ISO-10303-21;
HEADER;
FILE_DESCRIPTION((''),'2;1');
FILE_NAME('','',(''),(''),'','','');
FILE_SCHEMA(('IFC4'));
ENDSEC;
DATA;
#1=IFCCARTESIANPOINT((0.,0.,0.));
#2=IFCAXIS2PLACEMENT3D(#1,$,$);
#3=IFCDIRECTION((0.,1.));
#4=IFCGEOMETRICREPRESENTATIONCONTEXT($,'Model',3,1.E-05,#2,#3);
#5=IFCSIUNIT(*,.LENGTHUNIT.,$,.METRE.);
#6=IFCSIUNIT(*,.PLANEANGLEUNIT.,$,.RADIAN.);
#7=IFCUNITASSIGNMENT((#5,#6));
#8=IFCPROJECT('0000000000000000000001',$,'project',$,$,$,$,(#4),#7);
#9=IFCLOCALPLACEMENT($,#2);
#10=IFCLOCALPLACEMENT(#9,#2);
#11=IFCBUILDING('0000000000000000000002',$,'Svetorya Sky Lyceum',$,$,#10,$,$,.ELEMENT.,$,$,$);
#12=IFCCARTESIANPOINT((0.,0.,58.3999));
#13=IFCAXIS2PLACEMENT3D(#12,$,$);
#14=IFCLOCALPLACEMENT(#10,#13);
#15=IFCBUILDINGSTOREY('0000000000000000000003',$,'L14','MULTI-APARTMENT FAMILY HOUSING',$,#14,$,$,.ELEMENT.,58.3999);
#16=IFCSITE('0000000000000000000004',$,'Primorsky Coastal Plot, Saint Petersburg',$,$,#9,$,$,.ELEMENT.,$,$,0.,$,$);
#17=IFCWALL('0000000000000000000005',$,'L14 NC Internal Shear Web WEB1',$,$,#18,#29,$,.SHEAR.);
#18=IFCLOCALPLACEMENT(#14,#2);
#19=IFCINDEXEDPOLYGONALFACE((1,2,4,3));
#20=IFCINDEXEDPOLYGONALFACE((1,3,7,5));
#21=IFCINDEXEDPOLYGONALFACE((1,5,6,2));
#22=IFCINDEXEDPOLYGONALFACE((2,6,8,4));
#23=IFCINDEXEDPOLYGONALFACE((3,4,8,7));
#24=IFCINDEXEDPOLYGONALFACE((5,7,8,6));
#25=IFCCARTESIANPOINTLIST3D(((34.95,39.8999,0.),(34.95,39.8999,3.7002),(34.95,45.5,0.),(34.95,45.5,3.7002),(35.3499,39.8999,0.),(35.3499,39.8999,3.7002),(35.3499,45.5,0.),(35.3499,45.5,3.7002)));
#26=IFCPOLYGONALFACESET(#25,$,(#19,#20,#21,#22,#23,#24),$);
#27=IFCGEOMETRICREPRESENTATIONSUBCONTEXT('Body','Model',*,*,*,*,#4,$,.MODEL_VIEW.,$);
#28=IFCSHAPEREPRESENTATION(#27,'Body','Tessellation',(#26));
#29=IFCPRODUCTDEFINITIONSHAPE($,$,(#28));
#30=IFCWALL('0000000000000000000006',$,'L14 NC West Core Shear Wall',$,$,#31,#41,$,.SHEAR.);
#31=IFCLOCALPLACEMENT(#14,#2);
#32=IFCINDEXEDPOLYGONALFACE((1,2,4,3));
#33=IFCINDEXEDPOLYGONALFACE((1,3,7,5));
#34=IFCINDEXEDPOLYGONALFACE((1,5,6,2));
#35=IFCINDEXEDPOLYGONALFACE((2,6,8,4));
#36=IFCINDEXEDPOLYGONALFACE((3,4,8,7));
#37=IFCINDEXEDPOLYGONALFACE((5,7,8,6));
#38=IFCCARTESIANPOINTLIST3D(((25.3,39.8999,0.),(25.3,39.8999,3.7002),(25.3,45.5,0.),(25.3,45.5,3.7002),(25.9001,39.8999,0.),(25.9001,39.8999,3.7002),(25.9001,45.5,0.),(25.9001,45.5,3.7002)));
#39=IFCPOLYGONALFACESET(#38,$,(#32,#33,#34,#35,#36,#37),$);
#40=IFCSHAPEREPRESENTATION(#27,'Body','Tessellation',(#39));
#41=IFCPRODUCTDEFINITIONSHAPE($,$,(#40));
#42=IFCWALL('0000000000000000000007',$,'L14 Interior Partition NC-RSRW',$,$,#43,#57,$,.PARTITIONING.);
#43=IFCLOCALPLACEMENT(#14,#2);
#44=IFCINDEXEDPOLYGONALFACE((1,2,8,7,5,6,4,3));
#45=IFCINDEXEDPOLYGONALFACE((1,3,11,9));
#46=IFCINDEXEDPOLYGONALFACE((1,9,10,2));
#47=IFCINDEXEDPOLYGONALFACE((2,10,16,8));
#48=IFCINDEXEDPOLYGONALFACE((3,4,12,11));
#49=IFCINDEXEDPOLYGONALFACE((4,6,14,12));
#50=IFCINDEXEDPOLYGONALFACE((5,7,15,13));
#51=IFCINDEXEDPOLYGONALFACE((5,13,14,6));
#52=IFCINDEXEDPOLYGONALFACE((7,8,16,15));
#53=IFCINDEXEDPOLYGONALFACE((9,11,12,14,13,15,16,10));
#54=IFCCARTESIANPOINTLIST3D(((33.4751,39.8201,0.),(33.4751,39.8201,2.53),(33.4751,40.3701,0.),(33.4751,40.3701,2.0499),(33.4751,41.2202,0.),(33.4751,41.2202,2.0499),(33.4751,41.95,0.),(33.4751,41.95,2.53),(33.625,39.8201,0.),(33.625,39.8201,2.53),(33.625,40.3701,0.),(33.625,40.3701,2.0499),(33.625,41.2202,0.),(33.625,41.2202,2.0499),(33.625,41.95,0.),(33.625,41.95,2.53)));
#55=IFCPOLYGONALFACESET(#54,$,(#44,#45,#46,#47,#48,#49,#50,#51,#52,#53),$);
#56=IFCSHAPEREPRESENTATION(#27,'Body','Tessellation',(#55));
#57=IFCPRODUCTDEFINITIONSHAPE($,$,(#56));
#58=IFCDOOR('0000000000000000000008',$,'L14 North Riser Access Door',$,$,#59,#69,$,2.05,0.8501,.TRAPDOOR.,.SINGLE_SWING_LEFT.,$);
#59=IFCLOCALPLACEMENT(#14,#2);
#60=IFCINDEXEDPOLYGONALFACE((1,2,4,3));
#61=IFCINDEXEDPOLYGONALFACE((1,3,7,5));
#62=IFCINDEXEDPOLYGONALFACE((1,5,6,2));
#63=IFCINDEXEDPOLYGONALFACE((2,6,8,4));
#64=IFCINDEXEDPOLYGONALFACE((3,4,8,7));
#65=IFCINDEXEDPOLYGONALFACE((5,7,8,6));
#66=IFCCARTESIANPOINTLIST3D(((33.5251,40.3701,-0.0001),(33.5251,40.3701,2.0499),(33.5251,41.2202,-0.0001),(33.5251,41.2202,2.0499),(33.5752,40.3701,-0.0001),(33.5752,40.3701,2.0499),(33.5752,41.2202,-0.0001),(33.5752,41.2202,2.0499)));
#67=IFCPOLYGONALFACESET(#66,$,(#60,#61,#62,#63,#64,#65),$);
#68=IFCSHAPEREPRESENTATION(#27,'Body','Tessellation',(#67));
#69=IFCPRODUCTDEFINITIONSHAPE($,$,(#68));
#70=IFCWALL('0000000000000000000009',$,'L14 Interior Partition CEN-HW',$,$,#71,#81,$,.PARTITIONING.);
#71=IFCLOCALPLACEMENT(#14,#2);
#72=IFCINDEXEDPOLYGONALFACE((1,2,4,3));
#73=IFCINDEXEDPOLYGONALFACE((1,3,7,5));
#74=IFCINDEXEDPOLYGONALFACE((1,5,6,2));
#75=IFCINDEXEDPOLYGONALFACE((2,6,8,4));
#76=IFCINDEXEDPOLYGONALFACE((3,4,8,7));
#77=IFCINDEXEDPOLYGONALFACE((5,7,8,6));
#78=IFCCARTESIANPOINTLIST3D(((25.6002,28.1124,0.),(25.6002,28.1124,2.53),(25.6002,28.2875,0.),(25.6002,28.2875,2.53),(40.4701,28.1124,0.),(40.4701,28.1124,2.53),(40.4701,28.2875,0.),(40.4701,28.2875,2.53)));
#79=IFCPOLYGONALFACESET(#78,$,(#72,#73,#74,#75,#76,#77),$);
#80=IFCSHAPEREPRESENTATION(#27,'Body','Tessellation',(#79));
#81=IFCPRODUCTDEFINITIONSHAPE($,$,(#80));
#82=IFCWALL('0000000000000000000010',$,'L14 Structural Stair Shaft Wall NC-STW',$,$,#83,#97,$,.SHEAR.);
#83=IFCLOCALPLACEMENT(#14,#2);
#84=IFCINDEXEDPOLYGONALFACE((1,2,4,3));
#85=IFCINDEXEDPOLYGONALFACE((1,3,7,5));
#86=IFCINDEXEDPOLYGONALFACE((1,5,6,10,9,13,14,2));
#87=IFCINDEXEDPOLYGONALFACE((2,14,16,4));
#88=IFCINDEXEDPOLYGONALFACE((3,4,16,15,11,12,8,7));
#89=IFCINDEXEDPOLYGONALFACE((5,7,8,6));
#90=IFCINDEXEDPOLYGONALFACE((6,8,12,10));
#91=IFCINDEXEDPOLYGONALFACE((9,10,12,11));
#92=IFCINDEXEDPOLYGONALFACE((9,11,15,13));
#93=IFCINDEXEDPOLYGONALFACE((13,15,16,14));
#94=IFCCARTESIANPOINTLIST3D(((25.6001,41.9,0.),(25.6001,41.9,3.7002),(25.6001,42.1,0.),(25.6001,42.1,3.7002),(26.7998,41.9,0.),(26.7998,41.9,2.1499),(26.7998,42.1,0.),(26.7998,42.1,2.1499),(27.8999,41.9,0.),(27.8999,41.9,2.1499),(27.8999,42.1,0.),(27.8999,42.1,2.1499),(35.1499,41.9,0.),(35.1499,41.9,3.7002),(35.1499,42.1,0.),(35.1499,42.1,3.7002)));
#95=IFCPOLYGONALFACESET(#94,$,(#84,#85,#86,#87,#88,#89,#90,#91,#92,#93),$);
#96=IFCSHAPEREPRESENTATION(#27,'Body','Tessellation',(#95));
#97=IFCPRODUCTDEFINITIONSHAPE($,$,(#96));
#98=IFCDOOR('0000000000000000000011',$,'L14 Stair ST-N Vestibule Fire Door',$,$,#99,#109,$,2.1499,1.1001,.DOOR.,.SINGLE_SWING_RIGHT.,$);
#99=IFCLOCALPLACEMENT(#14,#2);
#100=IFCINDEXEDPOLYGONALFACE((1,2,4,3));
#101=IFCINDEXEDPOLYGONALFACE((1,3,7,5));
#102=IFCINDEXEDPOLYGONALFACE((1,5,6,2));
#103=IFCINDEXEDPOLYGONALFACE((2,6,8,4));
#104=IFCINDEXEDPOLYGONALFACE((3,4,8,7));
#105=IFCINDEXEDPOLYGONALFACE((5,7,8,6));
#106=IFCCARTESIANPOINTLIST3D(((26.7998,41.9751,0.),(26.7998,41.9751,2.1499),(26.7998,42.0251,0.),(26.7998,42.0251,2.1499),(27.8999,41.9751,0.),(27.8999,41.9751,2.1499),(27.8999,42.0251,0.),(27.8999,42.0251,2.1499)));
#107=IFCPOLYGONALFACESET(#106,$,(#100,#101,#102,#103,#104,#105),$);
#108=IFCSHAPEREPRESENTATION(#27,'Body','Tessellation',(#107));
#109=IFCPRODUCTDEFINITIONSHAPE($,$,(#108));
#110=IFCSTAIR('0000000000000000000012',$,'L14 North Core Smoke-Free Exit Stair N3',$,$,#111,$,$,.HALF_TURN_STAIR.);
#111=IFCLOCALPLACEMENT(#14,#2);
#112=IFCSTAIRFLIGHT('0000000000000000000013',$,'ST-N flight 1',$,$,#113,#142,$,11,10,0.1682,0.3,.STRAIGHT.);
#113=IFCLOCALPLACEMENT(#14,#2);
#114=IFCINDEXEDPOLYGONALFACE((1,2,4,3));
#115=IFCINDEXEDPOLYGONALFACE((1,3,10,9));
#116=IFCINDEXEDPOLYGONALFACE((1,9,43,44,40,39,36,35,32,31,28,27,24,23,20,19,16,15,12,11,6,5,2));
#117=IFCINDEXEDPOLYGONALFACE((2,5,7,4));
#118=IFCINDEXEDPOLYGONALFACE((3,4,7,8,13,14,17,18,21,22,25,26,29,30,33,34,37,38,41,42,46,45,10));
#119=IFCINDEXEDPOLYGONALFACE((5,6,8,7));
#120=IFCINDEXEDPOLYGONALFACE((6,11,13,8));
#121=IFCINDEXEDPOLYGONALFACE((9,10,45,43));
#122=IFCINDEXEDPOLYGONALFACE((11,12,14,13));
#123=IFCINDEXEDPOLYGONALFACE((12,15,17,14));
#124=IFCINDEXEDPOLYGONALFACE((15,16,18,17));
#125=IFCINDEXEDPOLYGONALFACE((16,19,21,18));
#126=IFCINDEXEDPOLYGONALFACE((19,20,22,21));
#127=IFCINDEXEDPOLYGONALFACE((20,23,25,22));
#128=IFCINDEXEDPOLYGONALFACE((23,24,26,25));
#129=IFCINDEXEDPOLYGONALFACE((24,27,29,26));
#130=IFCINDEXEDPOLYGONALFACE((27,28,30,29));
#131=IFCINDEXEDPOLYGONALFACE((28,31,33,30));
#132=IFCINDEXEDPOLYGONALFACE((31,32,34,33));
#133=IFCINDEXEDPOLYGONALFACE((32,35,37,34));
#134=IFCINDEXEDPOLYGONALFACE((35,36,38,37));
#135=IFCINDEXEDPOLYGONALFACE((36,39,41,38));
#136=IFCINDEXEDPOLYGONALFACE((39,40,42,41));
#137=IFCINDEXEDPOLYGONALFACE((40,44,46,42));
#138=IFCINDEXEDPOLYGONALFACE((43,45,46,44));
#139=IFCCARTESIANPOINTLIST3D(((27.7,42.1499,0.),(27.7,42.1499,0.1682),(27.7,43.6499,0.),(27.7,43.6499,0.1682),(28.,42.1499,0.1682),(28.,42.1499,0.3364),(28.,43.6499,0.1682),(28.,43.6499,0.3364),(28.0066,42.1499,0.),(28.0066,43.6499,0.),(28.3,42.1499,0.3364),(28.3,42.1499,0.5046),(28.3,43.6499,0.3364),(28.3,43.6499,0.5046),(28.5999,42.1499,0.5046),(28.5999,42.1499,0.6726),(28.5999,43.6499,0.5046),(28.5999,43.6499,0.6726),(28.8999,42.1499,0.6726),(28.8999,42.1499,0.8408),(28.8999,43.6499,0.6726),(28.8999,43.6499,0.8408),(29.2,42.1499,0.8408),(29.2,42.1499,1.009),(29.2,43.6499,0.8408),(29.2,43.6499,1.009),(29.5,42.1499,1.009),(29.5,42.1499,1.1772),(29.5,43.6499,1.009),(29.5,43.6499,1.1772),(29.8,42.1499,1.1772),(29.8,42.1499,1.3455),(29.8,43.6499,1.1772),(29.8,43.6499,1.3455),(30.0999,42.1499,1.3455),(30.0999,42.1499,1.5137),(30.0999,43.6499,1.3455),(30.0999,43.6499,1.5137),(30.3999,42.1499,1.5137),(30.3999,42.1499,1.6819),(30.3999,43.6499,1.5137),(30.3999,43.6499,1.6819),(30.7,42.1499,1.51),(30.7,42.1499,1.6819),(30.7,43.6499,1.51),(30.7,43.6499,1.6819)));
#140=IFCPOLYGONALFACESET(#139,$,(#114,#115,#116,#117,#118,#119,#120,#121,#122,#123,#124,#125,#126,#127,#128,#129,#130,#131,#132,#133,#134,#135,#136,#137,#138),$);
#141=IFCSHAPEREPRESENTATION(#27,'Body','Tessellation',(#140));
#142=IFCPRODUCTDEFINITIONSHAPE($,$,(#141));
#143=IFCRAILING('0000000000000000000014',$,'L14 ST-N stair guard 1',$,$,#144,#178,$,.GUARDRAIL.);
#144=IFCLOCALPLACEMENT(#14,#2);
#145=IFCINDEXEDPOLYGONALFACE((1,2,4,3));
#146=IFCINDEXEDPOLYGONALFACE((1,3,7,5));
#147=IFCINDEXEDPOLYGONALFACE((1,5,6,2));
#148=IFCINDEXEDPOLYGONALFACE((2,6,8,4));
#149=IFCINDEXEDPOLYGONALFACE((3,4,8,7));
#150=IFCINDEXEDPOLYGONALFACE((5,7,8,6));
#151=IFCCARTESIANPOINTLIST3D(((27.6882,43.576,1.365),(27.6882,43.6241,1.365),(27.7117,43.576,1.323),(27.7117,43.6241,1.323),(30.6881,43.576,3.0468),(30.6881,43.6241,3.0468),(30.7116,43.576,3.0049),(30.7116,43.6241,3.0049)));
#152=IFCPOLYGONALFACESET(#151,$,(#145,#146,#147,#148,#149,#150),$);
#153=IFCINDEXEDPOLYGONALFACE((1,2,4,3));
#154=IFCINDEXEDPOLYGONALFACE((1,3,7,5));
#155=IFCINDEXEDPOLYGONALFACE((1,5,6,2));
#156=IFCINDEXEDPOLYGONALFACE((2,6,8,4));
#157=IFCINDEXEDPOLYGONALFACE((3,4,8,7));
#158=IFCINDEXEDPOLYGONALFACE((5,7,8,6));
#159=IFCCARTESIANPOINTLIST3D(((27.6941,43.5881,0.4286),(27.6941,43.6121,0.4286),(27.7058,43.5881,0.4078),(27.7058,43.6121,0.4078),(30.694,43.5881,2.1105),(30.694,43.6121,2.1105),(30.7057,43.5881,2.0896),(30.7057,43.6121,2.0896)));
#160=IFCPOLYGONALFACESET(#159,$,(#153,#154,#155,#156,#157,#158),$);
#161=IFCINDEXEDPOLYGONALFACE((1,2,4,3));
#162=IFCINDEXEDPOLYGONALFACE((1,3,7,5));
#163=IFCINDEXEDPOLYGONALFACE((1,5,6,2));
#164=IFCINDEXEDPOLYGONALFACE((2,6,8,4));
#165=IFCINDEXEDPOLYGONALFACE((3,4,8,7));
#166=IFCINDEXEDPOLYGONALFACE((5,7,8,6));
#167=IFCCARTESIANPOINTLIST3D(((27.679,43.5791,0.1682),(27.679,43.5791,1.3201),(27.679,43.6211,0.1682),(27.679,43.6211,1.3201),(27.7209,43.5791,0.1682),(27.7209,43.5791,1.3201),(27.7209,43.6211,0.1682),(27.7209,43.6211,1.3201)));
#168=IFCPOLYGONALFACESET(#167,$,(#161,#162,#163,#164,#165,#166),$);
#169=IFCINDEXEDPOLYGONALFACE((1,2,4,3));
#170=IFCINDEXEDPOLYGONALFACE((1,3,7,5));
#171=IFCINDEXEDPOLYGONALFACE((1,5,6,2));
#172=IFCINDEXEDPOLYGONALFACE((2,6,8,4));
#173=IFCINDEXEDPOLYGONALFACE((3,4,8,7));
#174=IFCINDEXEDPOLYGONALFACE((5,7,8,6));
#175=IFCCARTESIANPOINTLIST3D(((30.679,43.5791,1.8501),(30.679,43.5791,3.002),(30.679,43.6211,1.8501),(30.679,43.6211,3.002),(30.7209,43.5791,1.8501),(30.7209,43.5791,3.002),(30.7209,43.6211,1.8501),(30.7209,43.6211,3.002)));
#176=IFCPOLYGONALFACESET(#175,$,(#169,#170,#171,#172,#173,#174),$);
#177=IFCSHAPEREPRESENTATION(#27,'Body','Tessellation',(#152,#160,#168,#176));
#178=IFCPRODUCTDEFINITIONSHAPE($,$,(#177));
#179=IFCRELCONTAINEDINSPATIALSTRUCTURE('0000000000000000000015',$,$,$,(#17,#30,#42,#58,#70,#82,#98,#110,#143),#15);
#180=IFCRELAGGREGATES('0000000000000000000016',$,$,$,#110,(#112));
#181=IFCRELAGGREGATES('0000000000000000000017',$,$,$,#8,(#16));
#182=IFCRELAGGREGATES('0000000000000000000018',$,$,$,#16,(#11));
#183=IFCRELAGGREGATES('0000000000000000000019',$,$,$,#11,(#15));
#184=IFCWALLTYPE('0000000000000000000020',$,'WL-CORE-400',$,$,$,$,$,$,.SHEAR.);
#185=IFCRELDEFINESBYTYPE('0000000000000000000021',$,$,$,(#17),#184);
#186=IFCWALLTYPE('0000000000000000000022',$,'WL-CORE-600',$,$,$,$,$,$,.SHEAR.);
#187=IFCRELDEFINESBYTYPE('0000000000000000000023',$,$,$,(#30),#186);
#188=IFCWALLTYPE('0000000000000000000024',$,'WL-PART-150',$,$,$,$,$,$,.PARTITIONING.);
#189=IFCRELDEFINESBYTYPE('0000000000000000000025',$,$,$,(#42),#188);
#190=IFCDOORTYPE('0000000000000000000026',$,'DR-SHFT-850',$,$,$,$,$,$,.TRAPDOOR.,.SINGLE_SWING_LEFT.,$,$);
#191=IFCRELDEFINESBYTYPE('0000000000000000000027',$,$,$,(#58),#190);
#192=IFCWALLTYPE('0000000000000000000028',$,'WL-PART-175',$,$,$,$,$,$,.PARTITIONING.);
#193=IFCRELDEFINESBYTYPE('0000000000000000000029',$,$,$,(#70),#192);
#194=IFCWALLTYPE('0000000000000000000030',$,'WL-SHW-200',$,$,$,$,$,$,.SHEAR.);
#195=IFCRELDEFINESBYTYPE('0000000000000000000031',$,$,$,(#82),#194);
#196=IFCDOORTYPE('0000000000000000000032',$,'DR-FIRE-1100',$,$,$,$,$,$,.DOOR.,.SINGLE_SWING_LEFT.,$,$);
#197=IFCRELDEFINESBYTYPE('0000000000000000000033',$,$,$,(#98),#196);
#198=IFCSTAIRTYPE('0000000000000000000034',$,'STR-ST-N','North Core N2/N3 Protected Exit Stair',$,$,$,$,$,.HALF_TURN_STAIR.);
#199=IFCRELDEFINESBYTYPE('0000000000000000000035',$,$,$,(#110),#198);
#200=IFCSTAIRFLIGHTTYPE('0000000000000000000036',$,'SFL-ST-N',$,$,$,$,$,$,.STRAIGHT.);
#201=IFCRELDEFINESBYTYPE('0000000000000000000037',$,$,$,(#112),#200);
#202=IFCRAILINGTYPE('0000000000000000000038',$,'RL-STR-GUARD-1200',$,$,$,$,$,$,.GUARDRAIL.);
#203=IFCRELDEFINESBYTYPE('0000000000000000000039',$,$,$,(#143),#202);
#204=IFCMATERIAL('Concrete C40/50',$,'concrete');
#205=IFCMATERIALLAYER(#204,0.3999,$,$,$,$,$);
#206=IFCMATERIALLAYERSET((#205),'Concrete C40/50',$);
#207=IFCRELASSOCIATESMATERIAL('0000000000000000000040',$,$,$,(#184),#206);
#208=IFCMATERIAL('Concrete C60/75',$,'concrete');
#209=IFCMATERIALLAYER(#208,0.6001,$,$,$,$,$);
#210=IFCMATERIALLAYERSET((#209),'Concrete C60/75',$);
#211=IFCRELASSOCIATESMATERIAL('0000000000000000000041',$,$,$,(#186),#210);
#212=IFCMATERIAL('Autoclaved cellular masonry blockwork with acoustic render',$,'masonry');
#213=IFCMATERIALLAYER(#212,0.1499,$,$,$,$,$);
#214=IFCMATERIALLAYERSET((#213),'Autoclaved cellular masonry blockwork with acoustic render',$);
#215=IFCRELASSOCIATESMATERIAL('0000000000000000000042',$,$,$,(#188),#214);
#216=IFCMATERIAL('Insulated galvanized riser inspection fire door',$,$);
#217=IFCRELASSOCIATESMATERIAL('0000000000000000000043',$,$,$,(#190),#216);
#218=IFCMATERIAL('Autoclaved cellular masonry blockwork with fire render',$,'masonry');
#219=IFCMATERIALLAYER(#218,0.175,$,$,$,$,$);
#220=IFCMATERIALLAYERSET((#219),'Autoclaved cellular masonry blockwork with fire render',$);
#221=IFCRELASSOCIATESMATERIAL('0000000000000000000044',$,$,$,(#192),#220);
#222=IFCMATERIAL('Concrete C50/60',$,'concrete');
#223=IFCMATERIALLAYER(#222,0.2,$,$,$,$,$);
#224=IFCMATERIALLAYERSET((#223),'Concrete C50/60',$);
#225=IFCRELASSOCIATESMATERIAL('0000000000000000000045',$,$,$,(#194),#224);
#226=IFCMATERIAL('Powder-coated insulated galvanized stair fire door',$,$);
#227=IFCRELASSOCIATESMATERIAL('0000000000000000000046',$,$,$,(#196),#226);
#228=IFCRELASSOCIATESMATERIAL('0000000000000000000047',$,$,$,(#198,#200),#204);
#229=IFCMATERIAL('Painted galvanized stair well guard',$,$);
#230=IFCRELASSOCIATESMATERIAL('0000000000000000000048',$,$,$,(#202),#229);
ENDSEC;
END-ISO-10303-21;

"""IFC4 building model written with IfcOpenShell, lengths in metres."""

from ifc_helpers import new_model, si_unit, direction, frame, frame_2d, origin, origin_2d, place, context, subcontext, project, spatial, polyline, rectangle, outline, extrude, material, layer, layer_set, type_object, element, fill, aggregate, save


model = new_model("IFC4")

# Units and contexts
model_context = context("Model", 3, precision=1e-05, world=origin(), true_north=direction((0.0, 1.0)))
body_context = subcontext(model_context, "Body", "Model", "MODEL_VIEW")
ifc_project = project(units=[si_unit("LENGTHUNIT", "METRE"), si_unit("PLANEANGLEUNIT", "RADIAN")], contexts=[model_context])

# Site, building, storey
site_placement = place(None, origin())
site = spatial("IfcSite", under=ifc_project, at=site_placement, Name="Primorsky Coastal Plot, Saint Petersburg", CompositionType="ELEMENT", RefElevation=0.0)
building_placement = place(site_placement, origin())
building = spatial("IfcBuilding", under=site, at=building_placement, Name="Svetorya Sky Lyceum", CompositionType="ELEMENT")
storey_placement = place(building_placement, frame((0.0, 0.0, 58.3999)))
storey = spatial("IfcBuildingStorey", under=building, at=storey_placement, Name="L14", Description="MULTI-APARTMENT FAMILY HOUSING", CompositionType="ELEMENT", Elevation=58.3999)

# Shared definitions
ifc_material_1 = material(Name="Concrete C60/75", Category="concrete")

# Walls
ifc_material_2 = material(Name="Concrete C40/50", Category="concrete")
ifc_layer_1 = layer(ifc_material_2, 0.3999)
ifc_layer_set_1 = layer_set([ifc_layer_1], Name="Concrete C40/50")
wall_type_1 = type_object("IfcWallType", Name="WL-CORE-400", PredefinedType="SHEAR", material=ifc_layer_set_1)
wall_1_placement = place(storey_placement, frame((35.1499, 39.8999, 0.0), z_axis=(0.0, 0.0, 1.0), x_axis=(0.0, 1.0, 0.0)))
element("IfcWall", 1, at=wall_1_placement, inside=storey, type_object=wall_type_1, Name="L14 NC Internal Shear Web WEB1", PredefinedType="SHEAR", context=body_context, shape_type="SweptSolid", body=[
    extrude(rectangle(XDim=5.6001, YDim=0.3999, at=frame_2d((2.8, 0.0))), origin(), (0.0, 0.0, 1.0), 3.7002),
])
ifc_layer_2 = layer(ifc_material_1, 0.6001)
ifc_layer_set_2 = layer_set([ifc_layer_2], Name="Concrete C60/75")
wall_type_2 = type_object("IfcWallType", Name="WL-CORE-600", PredefinedType="SHEAR", material=ifc_layer_set_2)
wall_2_placement = place(storey_placement, frame((25.6001, 39.8999, 0.0), z_axis=(0.0, 0.0, 1.0), x_axis=(0.0, 1.0, 0.0)))
element("IfcWall", 2, at=wall_2_placement, inside=storey, type_object=wall_type_2, Name="L14 NC West Core Shear Wall", PredefinedType="SHEAR", context=body_context, shape_type="SweptSolid", body=[
    extrude(rectangle(XDim=5.6001, YDim=0.6001, at=frame_2d((2.8, 0.0))), origin(), (0.0, 0.0, 1.0), 3.7002),
])

# Wall, opening, door
ifc_material_3 = material(Name="Autoclaved cellular masonry blockwork with acoustic render", Category="masonry")
ifc_layer_3 = layer(ifc_material_3, 0.1499)
ifc_layer_set_3 = layer_set([ifc_layer_3], Name="Autoclaved cellular masonry blockwork with acoustic render")
wall_type_3 = type_object("IfcWallType", Name="WL-PART-150", PredefinedType="PARTITIONING", material=ifc_layer_set_3)
wall_3_placement = place(storey_placement, frame((33.55, 39.8201, 0.0), z_axis=(0.0, 0.0, 1.0), x_axis=(0.0, 1.0, 0.0)))
wall_3 = element("IfcWall", 3, at=wall_3_placement, inside=storey, type_object=wall_type_3, Name="L14 Interior Partition NC-RSRW", PredefinedType="PARTITIONING", context=body_context, shape_type="SweptSolid", body=[
    extrude(rectangle(XDim=2.1299, YDim=0.1499, at=frame_2d((1.0649, 0.0))), origin(), (0.0, 0.0, 1.0), 2.53),
])
opening_1_placement = place(wall_3_placement, frame((0.55, 0.0, 0.0)))
opening_1 = element("IfcOpeningElement", 4, at=opening_1_placement, cuts=wall_3, PredefinedType="OPENING", context=body_context, shape_type="SweptSolid", body=[
    extrude(rectangle(XDim=0.8501, YDim=2.05, at=frame_2d((0.425, 1.0249))), frame((0.0, 0.085, 0.0), z_axis=(0.0, -1.0, 0.0), x_axis=(1.0, 0.0, 0.0)), (0.0, 0.0, 1.0), 0.1699),
])
ifc_material_4 = material(Name="Insulated galvanized riser inspection fire door")
door_type_1 = type_object("IfcDoorType", Name="DR-SHFT-850", OperationType="SINGLE_SWING_LEFT", PredefinedType="TRAPDOOR", material=ifc_material_4)
door_1_placement = place(opening_1_placement, origin())
door_1 = element("IfcDoor", 5, at=door_1_placement, inside=storey, type_object=door_type_1, Name="L14 North Riser Access Door", OperationType="SINGLE_SWING_LEFT", OverallHeight=2.05, OverallWidth=0.8501, PredefinedType="TRAPDOOR", context=body_context, shape_type="SweptSolid", body=[
    extrude(rectangle(XDim=0.8501, YDim=2.05, at=frame_2d((0.425, 1.0249))), frame((0.0, 0.0249, 0.0), z_axis=(0.0, -1.0, 0.0), x_axis=(1.0, 0.0, 0.0)), (0.0, 0.0, 1.0), 0.05),
])
fill(opening_1, door_1)

# Wall
ifc_material_5 = material(Name="Autoclaved cellular masonry blockwork with fire render", Category="masonry")
ifc_layer_4 = layer(ifc_material_5, 0.175)
ifc_layer_set_4 = layer_set([ifc_layer_4], Name="Autoclaved cellular masonry blockwork with fire render")
wall_type_4 = type_object("IfcWallType", Name="WL-PART-175", PredefinedType="PARTITIONING", material=ifc_layer_set_4)
wall_4_placement = place(storey_placement, frame((25.6001, 28.2, 0.0), z_axis=(0.0, 0.0, 1.0), x_axis=(1.0, 0.0, 0.0)))
element("IfcWall", 6, at=wall_4_placement, inside=storey, type_object=wall_type_4, Name="L14 Interior Partition CEN-HW", PredefinedType="PARTITIONING", context=body_context, shape_type="SweptSolid", body=[
    extrude(rectangle(XDim=14.8699, YDim=0.175, at=frame_2d((7.4351, 0.0))), origin(), (0.0, 0.0, 1.0), 2.53),
])

# Wall, opening, door
ifc_material_6 = material(Name="Concrete C50/60", Category="concrete")
ifc_layer_5 = layer(ifc_material_6, 0.2)
ifc_layer_set_5 = layer_set([ifc_layer_5], Name="Concrete C50/60")
wall_type_5 = type_object("IfcWallType", Name="WL-SHW-200", PredefinedType="SHEAR", material=ifc_layer_set_5)
wall_5_placement = place(storey_placement, frame((35.1499, 42.0, 0.0), z_axis=(0.0, 0.0, 1.0), x_axis=(-1.0, 0.0, 0.0)))
wall_5 = element("IfcWall", 7, at=wall_5_placement, inside=storey, type_object=wall_type_5, Name="L14 Structural Stair Shaft Wall NC-STW", PredefinedType="SHEAR", context=body_context, shape_type="SweptSolid", body=[
    extrude(rectangle(XDim=9.5498, YDim=0.2, at=frame_2d((4.7749, 0.0))), origin(), (0.0, 0.0, 1.0), 3.7002),
])
opening_2_placement = place(wall_5_placement, frame((7.25, 0.0, 0.0)))
opening_2 = element("IfcOpeningElement", 8, at=opening_2_placement, cuts=wall_5, PredefinedType="OPENING", context=body_context, shape_type="SweptSolid", body=[
    extrude(rectangle(XDim=1.1001, YDim=2.1499, at=frame_2d((0.55, 1.075))), frame((0.0, 0.1099, 0.0), z_axis=(0.0, -1.0, 0.0), x_axis=(1.0, 0.0, 0.0)), (0.0, 0.0, 1.0), 0.22),
])
ifc_material_7 = material(Name="Powder-coated insulated galvanized stair fire door")
door_type_2 = type_object("IfcDoorType", Name="DR-FIRE-1100", OperationType="SINGLE_SWING_LEFT", PredefinedType="DOOR", material=ifc_material_7)
door_2_placement = place(opening_2_placement, origin())
door_2 = element("IfcDoor", 9, at=door_2_placement, inside=storey, type_object=door_type_2, Name="L14 Stair ST-N Vestibule Fire Door", OperationType="SINGLE_SWING_RIGHT", OverallHeight=2.1499, OverallWidth=1.1001, PredefinedType="DOOR", context=body_context, shape_type="SweptSolid", body=[
    extrude(rectangle(XDim=1.1001, YDim=2.1499, at=frame_2d((0.55, 1.075))), frame((0.0, 0.0249, 0.0), z_axis=(0.0, -1.0, 0.0), x_axis=(1.0, 0.0, 0.0)), (0.0, 0.0, 1.0), 0.05),
])
fill(opening_2, door_2)

# Stair, stair flight
stair_type = type_object("IfcStairType", Name="STR-ST-N", Description="North Core N2/N3 Protected Exit Stair", PredefinedType="HALF_TURN_STAIR", material=ifc_material_2)
stair_placement = place(storey_placement, origin())
stair = element("IfcStair", 10, at=stair_placement, inside=storey, type_object=stair_type, Name="L14 North Core Smoke-Free Exit Stair N3", PredefinedType="HALF_TURN_STAIR")
stair_flight_type = type_object("IfcStairFlightType", Name="SFL-ST-N", PredefinedType="STRAIGHT", material=ifc_material_2)
stair_flight_placement = place(storey_placement, frame((27.7, 42.8999, 0.0), z_axis=(0.0, 0.0, 1.0), x_axis=(1.0, 0.0, 0.0)))
stair_flight = element("IfcStairFlight", 11, at=stair_flight_placement, type_object=stair_flight_type, Name="ST-N flight 1", NumberOfRisers=11, NumberOfTreads=10, PredefinedType="STRAIGHT", RiserHeight=0.1682, TreadLength=0.3, context=body_context, shape_type="SweptSolid", body=[
    extrude(outline(polyline([(0.0, 0.0), (0.0, 0.1682), (0.3, 0.1682), (0.3, 0.3364), (0.6001, 0.3364), (0.6001, 0.5046), (0.8999, 0.5046), (0.8999, 0.6726), (1.2, 0.6726), (1.2, 0.8408), (1.5, 0.8408), (1.5, 1.009), (1.8, 1.009), (1.8, 1.1772), (2.1001, 1.1772), (2.1001, 1.3455), (2.3999, 1.3455), (2.3999, 1.5137), (2.7, 1.5137), (2.7, 1.6819), (3.0, 1.6819), (3.0, 1.8501), (3.0, 1.51), (0.3066, 0.0), (0.0, 0.0)])), frame((0.0, 0.75, 0.0), z_axis=(0.0, -1.0, 0.0), x_axis=(1.0, 0.0, 0.0)), (0.0, 0.0, 1.0), 1.5),
])
aggregate(stair, [stair_flight])

# Railing
ifc_material_8 = material(Name="Painted galvanized stair well guard")
railing_type_1 = type_object("IfcRailingType", Name="RL-STR-GUARD-1200", PredefinedType="GUARDRAIL", material=ifc_material_8)
railing_1_placement = place(storey_placement, frame((27.7, 43.6001, 0.1682)))
element("IfcRailing", 12, at=railing_1_placement, inside=storey, type_object=railing_type_1, Name="L14 ST-N stair guard 1", PredefinedType="GUARDRAIL", context=body_context, shape_type="SweptSolid", body=[
    extrude(rectangle(XDim=0.0481, YDim=0.0481, at=origin_2d()), frame((0.0, 0.0, 1.1758), z_axis=(0.872272, 0.0, 0.48902), x_axis=(0.0, 1.0, 0.0)), (0.0, 0.0, 1.0), 3.4392),
    extrude(rectangle(XDim=0.0239, YDim=0.0239, at=origin_2d()), frame((0.0, 0.0, 0.25), z_axis=(0.872272, 0.0, 0.48902), x_axis=(0.0, 1.0, 0.0)), (0.0, 0.0, 1.0), 3.4392),
    extrude(rectangle(XDim=0.042, YDim=0.042, at=origin_2d()), origin(), (0.0, 0.0, 1.0), 1.1519),
    extrude(rectangle(XDim=0.042, YDim=0.042, at=origin_2d()), frame((3.0, 0.0, 1.6819)), (0.0, 0.0, 1.0), 1.1519),
])

save(model, "model.ifc")
